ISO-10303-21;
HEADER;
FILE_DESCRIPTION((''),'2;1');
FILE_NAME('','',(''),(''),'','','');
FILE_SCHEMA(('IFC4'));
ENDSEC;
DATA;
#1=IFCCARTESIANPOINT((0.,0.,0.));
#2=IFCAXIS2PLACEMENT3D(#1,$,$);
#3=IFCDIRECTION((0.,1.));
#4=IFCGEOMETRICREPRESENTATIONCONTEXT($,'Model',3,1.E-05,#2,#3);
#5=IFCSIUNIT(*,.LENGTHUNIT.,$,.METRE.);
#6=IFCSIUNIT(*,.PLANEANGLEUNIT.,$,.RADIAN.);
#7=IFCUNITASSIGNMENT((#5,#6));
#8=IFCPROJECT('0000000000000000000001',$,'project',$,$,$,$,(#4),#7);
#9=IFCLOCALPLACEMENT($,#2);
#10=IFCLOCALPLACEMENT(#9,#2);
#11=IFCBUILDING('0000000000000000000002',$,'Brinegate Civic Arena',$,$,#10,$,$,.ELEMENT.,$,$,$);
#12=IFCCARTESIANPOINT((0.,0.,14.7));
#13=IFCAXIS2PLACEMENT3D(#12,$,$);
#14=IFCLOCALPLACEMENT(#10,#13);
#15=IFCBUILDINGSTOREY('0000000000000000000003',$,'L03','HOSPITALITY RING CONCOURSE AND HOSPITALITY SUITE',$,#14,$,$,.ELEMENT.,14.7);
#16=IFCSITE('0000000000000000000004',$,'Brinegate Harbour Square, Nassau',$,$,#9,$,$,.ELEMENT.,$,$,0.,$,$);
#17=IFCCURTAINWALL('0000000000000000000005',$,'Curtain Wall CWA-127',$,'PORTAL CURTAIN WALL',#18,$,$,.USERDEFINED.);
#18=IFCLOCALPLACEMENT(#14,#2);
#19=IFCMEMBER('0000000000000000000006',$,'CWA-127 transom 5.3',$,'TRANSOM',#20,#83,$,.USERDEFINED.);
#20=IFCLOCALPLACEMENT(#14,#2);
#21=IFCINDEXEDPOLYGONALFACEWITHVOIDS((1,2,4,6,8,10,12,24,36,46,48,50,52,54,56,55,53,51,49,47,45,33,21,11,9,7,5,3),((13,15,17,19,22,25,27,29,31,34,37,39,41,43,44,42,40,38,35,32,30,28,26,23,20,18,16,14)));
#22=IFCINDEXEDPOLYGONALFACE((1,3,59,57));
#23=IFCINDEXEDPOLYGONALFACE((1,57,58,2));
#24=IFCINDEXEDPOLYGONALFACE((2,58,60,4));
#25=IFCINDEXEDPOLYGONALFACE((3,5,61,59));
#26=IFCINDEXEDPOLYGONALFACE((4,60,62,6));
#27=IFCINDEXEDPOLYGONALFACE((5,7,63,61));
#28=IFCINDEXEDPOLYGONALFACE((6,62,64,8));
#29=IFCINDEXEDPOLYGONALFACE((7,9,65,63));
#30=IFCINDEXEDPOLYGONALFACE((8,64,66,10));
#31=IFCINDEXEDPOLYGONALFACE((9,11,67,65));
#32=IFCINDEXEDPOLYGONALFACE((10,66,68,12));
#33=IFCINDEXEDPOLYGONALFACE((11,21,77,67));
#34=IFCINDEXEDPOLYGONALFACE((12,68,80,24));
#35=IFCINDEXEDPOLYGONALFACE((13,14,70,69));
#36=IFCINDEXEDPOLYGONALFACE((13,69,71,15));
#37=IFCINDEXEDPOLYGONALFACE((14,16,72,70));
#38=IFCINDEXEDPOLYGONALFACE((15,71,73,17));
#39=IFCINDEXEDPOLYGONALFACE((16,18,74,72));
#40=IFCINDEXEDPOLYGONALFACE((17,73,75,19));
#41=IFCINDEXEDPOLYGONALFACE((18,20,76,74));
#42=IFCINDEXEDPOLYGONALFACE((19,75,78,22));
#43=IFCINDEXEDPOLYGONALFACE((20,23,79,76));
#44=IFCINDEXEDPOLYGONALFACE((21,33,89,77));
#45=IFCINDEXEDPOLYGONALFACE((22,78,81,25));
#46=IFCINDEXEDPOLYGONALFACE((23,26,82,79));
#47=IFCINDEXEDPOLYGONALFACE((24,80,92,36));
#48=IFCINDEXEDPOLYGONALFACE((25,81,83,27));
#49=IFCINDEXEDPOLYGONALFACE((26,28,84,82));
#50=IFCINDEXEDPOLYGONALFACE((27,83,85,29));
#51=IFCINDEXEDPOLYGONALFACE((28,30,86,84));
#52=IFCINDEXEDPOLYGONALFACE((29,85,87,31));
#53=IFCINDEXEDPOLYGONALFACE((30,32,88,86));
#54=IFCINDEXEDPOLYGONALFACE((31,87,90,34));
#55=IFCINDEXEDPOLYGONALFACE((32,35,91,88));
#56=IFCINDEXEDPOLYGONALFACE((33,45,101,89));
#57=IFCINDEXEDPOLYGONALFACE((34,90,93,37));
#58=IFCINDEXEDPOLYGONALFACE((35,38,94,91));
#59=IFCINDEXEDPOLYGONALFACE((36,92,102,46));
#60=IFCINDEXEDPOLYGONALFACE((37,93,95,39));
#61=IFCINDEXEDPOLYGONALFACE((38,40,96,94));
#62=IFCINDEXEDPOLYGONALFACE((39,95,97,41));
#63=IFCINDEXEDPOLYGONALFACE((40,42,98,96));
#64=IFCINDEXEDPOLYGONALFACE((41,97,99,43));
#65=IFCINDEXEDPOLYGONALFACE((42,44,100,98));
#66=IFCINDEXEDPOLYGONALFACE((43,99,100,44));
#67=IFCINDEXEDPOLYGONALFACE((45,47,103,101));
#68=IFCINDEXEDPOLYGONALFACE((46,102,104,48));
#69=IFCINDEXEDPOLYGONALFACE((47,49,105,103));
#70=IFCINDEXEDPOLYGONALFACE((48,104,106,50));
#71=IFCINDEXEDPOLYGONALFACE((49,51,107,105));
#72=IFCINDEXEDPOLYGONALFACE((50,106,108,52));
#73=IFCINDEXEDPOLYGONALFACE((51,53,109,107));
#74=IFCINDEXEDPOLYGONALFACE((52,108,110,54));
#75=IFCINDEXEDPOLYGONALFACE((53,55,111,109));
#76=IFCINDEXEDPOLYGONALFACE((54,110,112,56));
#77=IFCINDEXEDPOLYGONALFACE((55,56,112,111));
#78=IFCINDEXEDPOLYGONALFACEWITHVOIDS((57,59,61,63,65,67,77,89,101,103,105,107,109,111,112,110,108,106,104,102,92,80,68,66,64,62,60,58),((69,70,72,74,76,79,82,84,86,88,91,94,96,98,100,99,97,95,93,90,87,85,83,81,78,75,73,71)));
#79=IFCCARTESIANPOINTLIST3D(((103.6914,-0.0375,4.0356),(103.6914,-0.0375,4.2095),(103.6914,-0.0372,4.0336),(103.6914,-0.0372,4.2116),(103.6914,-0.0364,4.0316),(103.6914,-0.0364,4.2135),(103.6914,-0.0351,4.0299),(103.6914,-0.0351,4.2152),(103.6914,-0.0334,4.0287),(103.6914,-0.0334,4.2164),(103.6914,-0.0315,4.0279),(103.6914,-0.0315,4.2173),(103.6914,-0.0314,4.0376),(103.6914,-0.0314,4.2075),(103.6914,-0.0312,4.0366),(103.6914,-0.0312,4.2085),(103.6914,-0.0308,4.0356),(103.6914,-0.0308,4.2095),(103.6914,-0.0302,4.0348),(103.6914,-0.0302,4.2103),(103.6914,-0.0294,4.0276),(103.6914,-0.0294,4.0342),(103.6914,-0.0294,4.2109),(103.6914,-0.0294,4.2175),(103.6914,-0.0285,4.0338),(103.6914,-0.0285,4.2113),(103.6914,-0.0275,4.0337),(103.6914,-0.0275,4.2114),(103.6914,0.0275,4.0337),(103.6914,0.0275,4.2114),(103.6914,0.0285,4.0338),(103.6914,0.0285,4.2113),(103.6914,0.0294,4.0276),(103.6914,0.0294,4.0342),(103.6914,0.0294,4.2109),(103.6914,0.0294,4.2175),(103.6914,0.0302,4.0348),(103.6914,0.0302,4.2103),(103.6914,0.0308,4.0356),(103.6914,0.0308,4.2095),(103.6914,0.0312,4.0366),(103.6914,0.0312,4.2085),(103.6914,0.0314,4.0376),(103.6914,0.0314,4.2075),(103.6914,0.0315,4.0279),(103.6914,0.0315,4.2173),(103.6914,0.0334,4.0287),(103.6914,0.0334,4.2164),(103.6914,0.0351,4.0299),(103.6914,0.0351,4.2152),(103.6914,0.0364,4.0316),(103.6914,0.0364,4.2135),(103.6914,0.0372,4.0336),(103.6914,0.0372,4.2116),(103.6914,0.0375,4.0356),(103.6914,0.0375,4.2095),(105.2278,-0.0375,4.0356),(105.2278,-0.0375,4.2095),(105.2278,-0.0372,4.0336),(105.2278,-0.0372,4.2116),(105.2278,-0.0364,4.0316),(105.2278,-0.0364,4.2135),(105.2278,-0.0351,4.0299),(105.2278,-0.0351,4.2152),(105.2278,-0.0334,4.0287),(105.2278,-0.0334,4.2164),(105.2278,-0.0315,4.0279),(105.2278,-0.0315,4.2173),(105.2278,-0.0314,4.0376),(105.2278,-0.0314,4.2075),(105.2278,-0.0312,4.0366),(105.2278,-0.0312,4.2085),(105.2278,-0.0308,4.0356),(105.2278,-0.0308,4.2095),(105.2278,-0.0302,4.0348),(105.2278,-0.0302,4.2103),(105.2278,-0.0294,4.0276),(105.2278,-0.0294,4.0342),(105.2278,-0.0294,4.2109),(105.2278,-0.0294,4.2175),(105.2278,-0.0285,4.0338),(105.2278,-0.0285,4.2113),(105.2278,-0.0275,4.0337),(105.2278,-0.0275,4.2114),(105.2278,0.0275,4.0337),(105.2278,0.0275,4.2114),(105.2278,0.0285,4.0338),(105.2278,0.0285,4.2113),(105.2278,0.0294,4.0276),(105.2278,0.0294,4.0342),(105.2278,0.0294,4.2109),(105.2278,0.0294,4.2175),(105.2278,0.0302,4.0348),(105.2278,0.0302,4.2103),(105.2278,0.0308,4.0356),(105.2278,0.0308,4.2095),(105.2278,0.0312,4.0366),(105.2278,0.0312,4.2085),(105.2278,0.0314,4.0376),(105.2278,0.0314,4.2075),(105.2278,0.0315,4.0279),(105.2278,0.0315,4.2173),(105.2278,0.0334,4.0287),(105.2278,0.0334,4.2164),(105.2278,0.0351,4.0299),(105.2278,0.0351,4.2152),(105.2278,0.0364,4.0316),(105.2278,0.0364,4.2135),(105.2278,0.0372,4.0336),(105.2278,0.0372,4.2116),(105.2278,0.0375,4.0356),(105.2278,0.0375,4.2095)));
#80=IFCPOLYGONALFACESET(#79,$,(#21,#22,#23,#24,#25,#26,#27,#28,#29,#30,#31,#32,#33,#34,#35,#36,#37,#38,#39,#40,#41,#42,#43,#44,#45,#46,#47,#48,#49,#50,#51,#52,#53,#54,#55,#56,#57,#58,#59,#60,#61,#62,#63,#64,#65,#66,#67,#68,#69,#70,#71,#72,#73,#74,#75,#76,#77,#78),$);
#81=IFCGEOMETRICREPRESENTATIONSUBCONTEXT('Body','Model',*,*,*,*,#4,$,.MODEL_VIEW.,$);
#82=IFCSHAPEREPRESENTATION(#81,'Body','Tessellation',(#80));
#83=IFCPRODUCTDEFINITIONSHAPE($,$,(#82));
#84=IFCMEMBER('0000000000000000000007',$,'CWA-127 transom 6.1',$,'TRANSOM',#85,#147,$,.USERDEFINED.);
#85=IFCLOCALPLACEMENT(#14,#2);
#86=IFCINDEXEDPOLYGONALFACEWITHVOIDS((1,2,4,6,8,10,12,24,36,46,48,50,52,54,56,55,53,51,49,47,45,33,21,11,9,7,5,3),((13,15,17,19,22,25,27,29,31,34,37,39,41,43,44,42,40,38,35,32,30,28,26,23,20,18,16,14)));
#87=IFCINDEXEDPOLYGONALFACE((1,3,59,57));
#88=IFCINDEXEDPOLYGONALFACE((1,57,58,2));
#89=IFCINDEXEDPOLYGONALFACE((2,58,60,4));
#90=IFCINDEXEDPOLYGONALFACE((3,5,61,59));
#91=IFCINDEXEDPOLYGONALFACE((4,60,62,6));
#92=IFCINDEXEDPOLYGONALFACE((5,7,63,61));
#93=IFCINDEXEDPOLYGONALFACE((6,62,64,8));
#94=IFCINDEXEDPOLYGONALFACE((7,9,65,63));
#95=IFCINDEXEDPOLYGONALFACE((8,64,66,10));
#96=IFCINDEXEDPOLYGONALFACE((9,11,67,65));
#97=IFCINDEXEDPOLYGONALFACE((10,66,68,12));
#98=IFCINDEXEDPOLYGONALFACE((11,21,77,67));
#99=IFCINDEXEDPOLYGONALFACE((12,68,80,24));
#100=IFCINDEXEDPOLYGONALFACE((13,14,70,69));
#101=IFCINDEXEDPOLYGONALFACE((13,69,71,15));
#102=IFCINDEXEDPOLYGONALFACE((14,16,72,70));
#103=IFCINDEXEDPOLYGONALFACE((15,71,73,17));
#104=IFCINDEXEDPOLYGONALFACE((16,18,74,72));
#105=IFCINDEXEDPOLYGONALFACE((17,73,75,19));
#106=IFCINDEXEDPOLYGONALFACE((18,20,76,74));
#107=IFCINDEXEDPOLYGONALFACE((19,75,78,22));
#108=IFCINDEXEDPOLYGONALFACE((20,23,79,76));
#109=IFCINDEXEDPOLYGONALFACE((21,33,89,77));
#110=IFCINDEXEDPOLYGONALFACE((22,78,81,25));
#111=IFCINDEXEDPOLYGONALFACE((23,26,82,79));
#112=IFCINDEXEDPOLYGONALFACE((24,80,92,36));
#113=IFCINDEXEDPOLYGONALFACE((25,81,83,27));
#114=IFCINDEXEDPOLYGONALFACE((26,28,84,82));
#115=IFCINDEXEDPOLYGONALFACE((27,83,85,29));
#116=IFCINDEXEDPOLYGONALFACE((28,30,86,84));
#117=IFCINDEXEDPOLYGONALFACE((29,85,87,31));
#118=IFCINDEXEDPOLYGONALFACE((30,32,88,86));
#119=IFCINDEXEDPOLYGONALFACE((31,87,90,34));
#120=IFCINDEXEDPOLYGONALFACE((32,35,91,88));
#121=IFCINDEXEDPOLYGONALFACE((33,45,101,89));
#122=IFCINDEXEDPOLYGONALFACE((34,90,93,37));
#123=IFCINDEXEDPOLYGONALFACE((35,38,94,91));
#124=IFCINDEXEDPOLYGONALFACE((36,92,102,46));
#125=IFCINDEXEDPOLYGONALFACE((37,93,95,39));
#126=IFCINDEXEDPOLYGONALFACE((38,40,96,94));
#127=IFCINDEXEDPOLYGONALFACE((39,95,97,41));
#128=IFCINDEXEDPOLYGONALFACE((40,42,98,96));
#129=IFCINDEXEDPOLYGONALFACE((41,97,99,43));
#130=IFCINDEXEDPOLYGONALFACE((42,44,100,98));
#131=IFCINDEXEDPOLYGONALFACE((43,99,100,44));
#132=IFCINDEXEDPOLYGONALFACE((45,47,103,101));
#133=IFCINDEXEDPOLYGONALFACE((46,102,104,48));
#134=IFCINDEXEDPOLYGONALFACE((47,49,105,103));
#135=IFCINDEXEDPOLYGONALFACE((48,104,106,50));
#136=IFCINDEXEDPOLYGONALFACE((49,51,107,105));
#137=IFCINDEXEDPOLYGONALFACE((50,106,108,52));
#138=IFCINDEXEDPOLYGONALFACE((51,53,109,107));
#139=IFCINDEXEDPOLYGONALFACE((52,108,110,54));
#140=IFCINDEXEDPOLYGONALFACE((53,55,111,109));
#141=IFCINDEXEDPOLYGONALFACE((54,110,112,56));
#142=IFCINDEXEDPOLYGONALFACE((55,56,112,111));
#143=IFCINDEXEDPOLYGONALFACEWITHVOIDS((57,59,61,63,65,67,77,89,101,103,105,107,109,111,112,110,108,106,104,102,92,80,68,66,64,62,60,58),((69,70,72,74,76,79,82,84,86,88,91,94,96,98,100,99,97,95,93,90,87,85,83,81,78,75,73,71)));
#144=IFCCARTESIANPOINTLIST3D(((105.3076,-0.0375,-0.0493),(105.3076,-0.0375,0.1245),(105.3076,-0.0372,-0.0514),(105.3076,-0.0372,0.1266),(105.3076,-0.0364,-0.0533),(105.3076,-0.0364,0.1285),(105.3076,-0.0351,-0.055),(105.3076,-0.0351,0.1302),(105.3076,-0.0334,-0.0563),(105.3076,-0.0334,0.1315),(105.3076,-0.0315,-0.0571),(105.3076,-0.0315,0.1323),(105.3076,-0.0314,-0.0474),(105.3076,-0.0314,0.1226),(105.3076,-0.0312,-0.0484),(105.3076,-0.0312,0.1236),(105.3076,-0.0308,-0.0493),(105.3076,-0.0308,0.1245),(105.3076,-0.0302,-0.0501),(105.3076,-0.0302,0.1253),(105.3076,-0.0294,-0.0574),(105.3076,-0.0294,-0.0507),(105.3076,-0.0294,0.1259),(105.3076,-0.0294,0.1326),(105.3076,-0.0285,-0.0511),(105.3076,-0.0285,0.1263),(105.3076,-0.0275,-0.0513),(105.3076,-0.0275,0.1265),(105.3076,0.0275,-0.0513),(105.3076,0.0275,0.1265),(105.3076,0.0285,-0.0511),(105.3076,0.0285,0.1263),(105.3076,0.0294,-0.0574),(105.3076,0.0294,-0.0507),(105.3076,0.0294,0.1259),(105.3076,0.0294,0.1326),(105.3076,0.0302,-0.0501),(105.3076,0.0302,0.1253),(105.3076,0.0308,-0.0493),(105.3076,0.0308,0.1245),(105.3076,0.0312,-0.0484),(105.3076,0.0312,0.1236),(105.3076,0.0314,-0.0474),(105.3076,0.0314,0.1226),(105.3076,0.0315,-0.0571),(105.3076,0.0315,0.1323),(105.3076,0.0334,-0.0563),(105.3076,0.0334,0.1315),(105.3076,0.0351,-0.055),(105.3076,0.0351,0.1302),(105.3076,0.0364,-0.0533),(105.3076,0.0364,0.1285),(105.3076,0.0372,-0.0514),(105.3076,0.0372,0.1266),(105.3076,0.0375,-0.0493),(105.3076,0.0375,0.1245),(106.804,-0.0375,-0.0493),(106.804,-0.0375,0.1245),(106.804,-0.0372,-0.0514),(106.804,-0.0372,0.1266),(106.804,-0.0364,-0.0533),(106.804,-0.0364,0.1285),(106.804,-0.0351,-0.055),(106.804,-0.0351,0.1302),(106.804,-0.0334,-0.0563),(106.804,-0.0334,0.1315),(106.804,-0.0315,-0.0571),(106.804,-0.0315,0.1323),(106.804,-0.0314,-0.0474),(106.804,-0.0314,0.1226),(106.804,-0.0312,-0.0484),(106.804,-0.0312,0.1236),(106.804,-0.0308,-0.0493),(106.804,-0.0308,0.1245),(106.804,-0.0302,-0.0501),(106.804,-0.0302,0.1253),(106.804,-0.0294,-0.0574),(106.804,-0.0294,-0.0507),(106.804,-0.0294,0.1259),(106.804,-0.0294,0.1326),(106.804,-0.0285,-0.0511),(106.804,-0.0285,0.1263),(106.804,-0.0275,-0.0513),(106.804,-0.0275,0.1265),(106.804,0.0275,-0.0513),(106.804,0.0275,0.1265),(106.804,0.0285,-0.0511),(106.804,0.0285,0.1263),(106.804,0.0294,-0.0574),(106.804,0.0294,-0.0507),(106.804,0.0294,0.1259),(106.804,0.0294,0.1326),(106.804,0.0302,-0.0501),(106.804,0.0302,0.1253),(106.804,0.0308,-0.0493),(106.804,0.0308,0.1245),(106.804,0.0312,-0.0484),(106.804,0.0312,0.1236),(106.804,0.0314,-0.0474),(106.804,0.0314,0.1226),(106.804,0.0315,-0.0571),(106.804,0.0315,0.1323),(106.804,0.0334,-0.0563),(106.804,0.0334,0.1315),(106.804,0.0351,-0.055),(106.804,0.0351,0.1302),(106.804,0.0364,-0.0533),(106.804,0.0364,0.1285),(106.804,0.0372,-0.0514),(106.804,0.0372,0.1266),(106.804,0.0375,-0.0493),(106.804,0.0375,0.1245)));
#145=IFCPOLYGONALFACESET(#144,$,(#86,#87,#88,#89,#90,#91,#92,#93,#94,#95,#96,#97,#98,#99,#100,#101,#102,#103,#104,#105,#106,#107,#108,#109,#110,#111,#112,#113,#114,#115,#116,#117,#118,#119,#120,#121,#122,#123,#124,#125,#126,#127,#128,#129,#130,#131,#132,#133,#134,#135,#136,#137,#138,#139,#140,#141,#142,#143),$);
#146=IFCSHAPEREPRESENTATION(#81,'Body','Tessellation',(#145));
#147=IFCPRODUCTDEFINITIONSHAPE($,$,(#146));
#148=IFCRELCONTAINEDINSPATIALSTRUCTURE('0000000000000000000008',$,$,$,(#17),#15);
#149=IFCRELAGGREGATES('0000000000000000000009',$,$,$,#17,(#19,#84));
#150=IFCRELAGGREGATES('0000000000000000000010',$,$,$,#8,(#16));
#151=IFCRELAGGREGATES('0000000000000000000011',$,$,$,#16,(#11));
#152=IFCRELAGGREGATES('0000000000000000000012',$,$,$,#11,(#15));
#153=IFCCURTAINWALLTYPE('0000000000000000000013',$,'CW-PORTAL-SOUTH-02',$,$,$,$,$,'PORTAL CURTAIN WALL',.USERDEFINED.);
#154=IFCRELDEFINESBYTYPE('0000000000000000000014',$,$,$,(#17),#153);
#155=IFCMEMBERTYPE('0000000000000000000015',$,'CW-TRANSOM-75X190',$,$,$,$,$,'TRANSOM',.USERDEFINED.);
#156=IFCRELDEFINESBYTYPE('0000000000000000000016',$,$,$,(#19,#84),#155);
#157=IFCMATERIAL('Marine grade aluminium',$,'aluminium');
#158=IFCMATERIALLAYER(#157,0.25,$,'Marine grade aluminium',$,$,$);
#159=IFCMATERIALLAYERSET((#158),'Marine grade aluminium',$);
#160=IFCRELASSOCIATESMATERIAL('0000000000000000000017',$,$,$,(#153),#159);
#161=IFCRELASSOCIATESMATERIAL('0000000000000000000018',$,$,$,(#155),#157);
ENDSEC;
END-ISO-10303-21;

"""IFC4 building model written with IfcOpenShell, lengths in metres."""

from ifc_helpers import new_model, si_unit, direction, frame, origin, origin_2d, place, context, subcontext, project, spatial, hollow_rectangle, extrude, material, layer, layer_set, material_profile, profile_set, type_object, element, aggregate, save


model = new_model("IFC4")

# Units and contexts
model_context = context("Model", 3, precision=1e-05, world=origin(), true_north=direction((0.0, 1.0)))
body_context = subcontext(model_context, "Body", "Model", "MODEL_VIEW")
ifc_project = project(units=[si_unit("LENGTHUNIT", "METRE"), si_unit("PLANEANGLEUNIT", "RADIAN")], contexts=[model_context])

# Site, building, storey
site_placement = place(None, origin())
site = spatial("IfcSite", under=ifc_project, at=site_placement, Name="Brinegate Harbour Square, Nassau", CompositionType="ELEMENT", RefElevation=0.0)
building_placement = place(site_placement, origin())
building = spatial("IfcBuilding", under=site, at=building_placement, Name="Brinegate Civic Arena", CompositionType="ELEMENT")
storey_placement = place(building_placement, frame((0.0, 0.0, 14.7)))
storey = spatial("IfcBuildingStorey", under=building, at=storey_placement, Name="L03", Description="HOSPITALITY RING CONCOURSE AND HOSPITALITY SUITE", CompositionType="ELEMENT", Elevation=14.7)

# Curtain wall, members
ifc_material_1 = material(Name="Marine grade aluminium", Category="aluminium")
ifc_layer_1 = layer(ifc_material_1, 0.25, Name="Marine grade aluminium")
ifc_layer_set_1 = layer_set([ifc_layer_1], Name="Marine grade aluminium")
curtain_wall_type = type_object("IfcCurtainWallType", Name="CW-PORTAL-SOUTH-02", ElementType="PORTAL CURTAIN WALL", PredefinedType="USERDEFINED", material=ifc_layer_set_1)
curtain_wall_placement = place(storey_placement, origin())
curtain_wall = element("IfcCurtainWall", 1, at=curtain_wall_placement, inside=storey, type_object=curtain_wall_type, Name="Curtain Wall CWA-127", ObjectType="PORTAL CURTAIN WALL", PredefinedType="USERDEFINED")
ifc_material_profile_1 = material_profile(ifc_material_1, hollow_rectangle(XDim=0.075, YDim=0.1899, WallThickness=0.0061, InnerFilletRadius=0.0039, OuterFilletRadius=0.0081, at=origin_2d()), Name="TRN75X190")
ifc_profile_set_1 = profile_set([ifc_material_profile_1], Name="Marine grade aluminium")
member_type_1 = type_object("IfcMemberType", Name="CW-TRANSOM-75X190", ElementType="TRANSOM", PredefinedType="USERDEFINED", material=ifc_profile_set_1)
member_1_placement = place(storey_placement, frame((103.6914, 0.0, 4.1226), z_axis=(1.0, 0.0, 0.0), x_axis=(0.0, 1.0, 0.0)))
member_1 = element("IfcMember", 2, at=member_1_placement, type_object=member_type_1, Name="CWA-127 transom 5.3", ObjectType="TRANSOM", PredefinedType="USERDEFINED", context=body_context, shape_type="SweptSolid", body=[
    extrude(hollow_rectangle(XDim=0.075, YDim=0.1899, WallThickness=0.0061, InnerFilletRadius=0.0039, OuterFilletRadius=0.0081, at=origin_2d()), origin(), (0.0, 0.0, 1.0), 1.5364),
])
member_2_placement = place(storey_placement, frame((105.3076, 0.0, 0.0376), z_axis=(1.0, 0.0, 0.0), x_axis=(0.0, 1.0, 0.0)))
member_2 = element("IfcMember", 3, at=member_2_placement, type_object=member_type_1, Name="CWA-127 transom 6.1", ObjectType="TRANSOM", PredefinedType="USERDEFINED", context=body_context, shape_type="SweptSolid", body=[
    extrude(hollow_rectangle(XDim=0.075, YDim=0.1899, WallThickness=0.0061, InnerFilletRadius=0.0039, OuterFilletRadius=0.0081, at=origin_2d()), origin(), (0.0, 0.0, 1.0), 1.4963),
])
aggregate(curtain_wall, [member_1, member_2])

save(model, "model.ifc")
